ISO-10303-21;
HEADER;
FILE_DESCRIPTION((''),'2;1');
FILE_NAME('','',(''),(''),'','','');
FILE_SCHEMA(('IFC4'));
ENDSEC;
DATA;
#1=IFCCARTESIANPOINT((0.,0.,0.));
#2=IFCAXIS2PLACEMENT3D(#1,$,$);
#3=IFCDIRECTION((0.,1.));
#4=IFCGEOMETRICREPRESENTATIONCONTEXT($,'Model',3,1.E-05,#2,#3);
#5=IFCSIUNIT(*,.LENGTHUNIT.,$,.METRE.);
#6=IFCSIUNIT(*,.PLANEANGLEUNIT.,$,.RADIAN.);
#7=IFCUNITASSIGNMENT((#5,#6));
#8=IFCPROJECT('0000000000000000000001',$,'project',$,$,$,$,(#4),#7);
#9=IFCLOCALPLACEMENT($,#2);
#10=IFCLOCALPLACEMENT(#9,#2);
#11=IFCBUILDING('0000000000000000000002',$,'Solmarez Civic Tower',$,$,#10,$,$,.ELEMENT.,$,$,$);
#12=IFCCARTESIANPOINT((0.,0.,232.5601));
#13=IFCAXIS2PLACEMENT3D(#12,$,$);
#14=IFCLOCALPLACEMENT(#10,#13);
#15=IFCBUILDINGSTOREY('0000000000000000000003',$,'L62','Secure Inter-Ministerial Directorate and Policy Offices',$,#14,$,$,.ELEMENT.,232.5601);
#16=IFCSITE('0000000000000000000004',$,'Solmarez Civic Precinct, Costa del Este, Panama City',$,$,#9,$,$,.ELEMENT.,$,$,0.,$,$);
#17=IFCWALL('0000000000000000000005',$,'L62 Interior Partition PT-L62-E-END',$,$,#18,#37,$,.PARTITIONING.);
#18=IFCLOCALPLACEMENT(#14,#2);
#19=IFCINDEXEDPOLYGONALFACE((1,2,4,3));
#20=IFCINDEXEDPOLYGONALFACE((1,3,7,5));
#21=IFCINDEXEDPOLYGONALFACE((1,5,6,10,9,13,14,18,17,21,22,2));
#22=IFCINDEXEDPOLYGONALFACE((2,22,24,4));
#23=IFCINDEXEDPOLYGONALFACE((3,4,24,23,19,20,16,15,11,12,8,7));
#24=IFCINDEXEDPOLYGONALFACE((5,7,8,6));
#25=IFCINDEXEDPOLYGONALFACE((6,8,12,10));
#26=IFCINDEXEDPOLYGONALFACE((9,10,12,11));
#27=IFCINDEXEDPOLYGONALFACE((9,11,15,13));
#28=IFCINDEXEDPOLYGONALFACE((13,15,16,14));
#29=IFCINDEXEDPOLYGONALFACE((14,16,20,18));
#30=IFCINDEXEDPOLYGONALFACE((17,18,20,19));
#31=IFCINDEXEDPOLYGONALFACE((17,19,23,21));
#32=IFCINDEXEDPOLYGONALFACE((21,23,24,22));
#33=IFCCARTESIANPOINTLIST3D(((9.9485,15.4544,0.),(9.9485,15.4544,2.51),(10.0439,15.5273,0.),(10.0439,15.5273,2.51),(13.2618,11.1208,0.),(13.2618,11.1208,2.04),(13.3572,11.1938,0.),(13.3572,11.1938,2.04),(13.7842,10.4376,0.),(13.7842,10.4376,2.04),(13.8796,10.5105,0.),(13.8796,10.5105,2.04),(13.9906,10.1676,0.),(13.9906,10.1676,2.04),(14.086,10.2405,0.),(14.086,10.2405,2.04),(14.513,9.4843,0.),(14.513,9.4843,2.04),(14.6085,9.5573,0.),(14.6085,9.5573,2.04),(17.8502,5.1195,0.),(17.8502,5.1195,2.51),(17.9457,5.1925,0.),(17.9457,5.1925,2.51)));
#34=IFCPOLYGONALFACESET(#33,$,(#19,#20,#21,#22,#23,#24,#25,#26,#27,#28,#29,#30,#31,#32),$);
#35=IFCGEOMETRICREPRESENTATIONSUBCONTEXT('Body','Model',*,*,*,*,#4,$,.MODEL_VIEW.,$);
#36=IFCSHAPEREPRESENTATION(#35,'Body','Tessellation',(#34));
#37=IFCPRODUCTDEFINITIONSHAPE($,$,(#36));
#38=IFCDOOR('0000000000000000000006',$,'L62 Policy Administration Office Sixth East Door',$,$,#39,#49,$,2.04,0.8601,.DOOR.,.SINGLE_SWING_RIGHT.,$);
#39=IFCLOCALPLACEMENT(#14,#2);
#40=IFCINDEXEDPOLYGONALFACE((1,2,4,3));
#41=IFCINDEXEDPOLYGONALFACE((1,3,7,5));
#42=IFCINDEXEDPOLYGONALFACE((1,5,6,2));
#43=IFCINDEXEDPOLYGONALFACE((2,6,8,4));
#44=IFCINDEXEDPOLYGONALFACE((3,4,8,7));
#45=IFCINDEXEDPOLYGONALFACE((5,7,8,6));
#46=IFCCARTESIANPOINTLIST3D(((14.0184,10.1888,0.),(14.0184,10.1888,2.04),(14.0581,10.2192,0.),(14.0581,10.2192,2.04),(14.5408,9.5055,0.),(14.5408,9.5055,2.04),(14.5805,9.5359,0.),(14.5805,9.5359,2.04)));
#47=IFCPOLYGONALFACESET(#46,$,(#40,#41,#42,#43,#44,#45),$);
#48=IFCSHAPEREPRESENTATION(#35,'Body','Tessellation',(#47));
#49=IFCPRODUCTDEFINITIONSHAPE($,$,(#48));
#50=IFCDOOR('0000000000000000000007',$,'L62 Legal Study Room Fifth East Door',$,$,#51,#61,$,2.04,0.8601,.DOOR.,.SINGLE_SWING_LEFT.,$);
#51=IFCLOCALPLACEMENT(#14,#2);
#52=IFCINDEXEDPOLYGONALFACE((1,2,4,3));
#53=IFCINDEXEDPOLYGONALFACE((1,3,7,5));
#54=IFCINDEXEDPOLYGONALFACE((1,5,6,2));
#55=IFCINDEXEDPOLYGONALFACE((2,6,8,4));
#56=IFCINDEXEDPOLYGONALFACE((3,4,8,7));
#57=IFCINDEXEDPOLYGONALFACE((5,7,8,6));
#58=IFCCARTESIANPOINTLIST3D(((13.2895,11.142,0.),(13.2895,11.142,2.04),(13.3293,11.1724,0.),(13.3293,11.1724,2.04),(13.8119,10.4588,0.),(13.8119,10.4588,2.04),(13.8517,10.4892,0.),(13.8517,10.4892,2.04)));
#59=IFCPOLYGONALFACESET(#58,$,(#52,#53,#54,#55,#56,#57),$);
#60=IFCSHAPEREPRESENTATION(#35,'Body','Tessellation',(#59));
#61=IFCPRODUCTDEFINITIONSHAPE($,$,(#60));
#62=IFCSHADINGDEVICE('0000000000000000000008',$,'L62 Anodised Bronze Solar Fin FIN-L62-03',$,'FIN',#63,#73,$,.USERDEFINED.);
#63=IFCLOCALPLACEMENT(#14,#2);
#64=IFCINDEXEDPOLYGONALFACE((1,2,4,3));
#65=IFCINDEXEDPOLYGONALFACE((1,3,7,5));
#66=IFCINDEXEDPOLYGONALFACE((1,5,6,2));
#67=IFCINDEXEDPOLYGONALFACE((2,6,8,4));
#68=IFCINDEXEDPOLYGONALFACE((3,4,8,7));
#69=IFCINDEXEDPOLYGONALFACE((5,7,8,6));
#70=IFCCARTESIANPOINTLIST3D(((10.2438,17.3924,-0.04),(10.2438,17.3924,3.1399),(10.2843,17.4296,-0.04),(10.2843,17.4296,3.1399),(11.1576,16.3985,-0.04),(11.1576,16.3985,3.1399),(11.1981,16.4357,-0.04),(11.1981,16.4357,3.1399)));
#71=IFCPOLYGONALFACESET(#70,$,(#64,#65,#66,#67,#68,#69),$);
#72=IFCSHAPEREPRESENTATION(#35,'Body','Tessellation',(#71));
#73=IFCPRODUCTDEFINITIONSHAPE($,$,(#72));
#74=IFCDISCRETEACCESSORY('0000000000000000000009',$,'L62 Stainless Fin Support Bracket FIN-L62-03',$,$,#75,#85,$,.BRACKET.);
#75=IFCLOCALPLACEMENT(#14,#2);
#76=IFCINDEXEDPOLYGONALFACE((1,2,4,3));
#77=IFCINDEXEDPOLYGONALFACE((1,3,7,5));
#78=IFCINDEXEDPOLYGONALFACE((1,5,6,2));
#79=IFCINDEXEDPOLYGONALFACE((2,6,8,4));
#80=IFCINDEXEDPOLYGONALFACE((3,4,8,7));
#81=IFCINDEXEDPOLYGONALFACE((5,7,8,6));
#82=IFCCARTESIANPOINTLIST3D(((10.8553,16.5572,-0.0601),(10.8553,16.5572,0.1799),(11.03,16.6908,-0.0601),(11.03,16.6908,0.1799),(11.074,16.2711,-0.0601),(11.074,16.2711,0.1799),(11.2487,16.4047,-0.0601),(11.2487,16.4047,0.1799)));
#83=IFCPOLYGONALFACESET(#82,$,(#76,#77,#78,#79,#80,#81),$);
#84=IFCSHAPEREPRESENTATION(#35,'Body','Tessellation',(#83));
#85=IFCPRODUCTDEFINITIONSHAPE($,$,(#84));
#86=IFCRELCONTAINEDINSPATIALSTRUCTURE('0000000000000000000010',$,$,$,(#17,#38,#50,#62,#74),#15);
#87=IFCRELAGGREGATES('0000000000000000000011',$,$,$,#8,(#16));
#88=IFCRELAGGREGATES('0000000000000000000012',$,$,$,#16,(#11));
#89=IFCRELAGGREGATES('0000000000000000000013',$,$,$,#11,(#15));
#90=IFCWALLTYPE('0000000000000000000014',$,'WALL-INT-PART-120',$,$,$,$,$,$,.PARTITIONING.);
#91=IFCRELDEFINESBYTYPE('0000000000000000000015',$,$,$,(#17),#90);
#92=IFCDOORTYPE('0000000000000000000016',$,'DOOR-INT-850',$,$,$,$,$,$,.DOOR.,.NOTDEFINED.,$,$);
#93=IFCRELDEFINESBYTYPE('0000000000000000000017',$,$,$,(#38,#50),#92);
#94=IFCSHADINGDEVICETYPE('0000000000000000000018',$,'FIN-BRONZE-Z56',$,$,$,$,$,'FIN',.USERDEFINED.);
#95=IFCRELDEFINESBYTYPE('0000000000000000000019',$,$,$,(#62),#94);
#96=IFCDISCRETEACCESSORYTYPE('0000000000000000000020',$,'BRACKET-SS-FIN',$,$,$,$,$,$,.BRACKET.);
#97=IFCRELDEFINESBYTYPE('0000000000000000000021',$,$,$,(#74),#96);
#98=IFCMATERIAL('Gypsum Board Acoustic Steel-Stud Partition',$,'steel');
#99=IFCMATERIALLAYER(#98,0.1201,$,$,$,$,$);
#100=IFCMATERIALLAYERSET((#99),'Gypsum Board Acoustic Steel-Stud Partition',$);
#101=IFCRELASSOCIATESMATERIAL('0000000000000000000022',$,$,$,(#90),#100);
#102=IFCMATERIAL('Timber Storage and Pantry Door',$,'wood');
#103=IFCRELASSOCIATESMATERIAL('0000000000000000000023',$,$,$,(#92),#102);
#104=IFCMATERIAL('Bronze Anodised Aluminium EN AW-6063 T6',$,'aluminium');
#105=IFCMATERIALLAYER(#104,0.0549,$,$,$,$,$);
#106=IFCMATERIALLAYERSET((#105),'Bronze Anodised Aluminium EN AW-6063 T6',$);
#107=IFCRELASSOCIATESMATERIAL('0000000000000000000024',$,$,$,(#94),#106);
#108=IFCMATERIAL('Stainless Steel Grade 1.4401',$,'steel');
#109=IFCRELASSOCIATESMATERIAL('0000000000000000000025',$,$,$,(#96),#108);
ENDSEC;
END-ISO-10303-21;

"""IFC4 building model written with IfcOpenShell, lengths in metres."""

from ifc_helpers import new_model, si_unit, direction, frame, frame_2d, origin, origin_2d, place, context, subcontext, project, spatial, rectangle, extrude, material, layer, layer_set, type_object, element, fill, save


model = new_model("IFC4")

# Units and contexts
model_context = context("Model", 3, precision=1e-05, world=origin(), true_north=direction((0.0, 1.0)))
body_context = subcontext(model_context, "Body", "Model", "MODEL_VIEW")
ifc_project = project(units=[si_unit("LENGTHUNIT", "METRE"), si_unit("PLANEANGLEUNIT", "RADIAN")], contexts=[model_context])

# Site, building, storey
site_placement = place(None, origin())
site = spatial("IfcSite", under=ifc_project, at=site_placement, Name="Solmarez Civic Precinct, Costa del Este, Panama City", CompositionType="ELEMENT", RefElevation=0.0)
building_placement = place(site_placement, origin())
building = spatial("IfcBuilding", under=site, at=building_placement, Name="Solmarez Civic Tower", CompositionType="ELEMENT")
storey_placement = place(building_placement, frame((0.0, 0.0, 232.5601)))
storey = spatial("IfcBuildingStorey", under=building, at=storey_placement, Name="L62", Description="Secure Inter-Ministerial Directorate and Policy Offices", CompositionType="ELEMENT", Elevation=232.5601)

# Shared definitions
ifc_material_1 = material(Name="Bronze Anodised Aluminium EN AW-6063 T6", Category="aluminium")

# Wall, openings, doors
ifc_material_2 = material(Name="Gypsum Board Acoustic Steel-Stud Partition", Category="steel")
ifc_layer_1 = layer(ifc_material_2, 0.1201)
ifc_layer_set_1 = layer_set([ifc_layer_1], Name="Gypsum Board Acoustic Steel-Stud Partition")
wall_type_1 = type_object("IfcWallType", Name="WALL-INT-PART-120", PredefinedType="PARTITIONING", material=ifc_layer_set_1)
wall_1_placement = place(storey_placement, frame((9.9961, 15.491, 0.0), z_axis=(0.0, 0.0, 1.0), x_axis=(0.607385, -0.794408, 0.0)))
wall_1 = element("IfcWall", 1, at=wall_1_placement, inside=storey, type_object=wall_type_1, Name="L62 Interior Partition PT-L62-E-END", PredefinedType="PARTITIONING", context=body_context, shape_type="SweptSolid", body=[
    extrude(rectangle(XDim=13.0095, YDim=0.1201, at=frame_2d((6.5049, 0.0))), origin(), (0.0, 0.0, 1.0), 2.51),
])
opening_1_placement = place(wall_1_placement, frame((6.655, 0.0, 0.0)))
opening_1 = element("IfcOpeningElement", 2, at=opening_1_placement, cuts=wall_1, PredefinedType="OPENING", context=body_context, shape_type="SweptSolid", body=[
    extrude(rectangle(XDim=0.8601, YDim=2.04, at=frame_2d((0.4302, 1.02))), frame((0.0, 0.0701, 0.0), z_axis=(0.0, -1.0, 0.0), x_axis=(1.0, 0.0, 0.0)), (0.0, 0.0, 1.0), 0.1401),
])
opening_2_placement = place(wall_1_placement, frame((5.4551, 0.0, 0.0)))
opening_2 = element("IfcOpeningElement", 3, at=opening_2_placement, cuts=wall_1, PredefinedType="OPENING", context=body_context, shape_type="SweptSolid", body=[
    extrude(rectangle(XDim=0.8601, YDim=2.04, at=frame_2d((0.4302, 1.02))), frame((0.0, 0.0701, 0.0), z_axis=(0.0, -1.0, 0.0), x_axis=(1.0, 0.0, 0.0)), (0.0, 0.0, 1.0), 0.1401),
])
ifc_material_3 = material(Name="Timber Storage and Pantry Door", Category="wood")
door_type = type_object("IfcDoorType", Name="DOOR-INT-850", OperationType="NOTDEFINED", PredefinedType="DOOR", material=ifc_material_3)
door_1_placement = place(opening_1_placement, origin())
door_1 = element("IfcDoor", 4, at=door_1_placement, inside=storey, type_object=door_type, Name="L62 Policy Administration Office Sixth East Door", OperationType="SINGLE_SWING_RIGHT", OverallHeight=2.04, OverallWidth=0.8601, PredefinedType="DOOR", context=body_context, shape_type="SweptSolid", body=[
    extrude(rectangle(XDim=0.8601, YDim=2.04, at=frame_2d((0.4302, 1.02))), frame((0.0, 0.0249, 0.0), z_axis=(0.0, -1.0, 0.0), x_axis=(1.0, 0.0, 0.0)), (0.0, 0.0, 1.0), 0.05),
])
fill(opening_1, door_1)
door_2_placement = place(opening_2_placement, origin())
door_2 = element("IfcDoor", 5, at=door_2_placement, inside=storey, type_object=door_type, Name="L62 Legal Study Room Fifth East Door", OperationType="SINGLE_SWING_LEFT", OverallHeight=2.04, OverallWidth=0.8601, PredefinedType="DOOR", context=body_context, shape_type="SweptSolid", body=[
    extrude(rectangle(XDim=0.8601, YDim=2.04, at=frame_2d((0.4302, 1.02))), frame((0.0, 0.0249, 0.0), z_axis=(0.0, -1.0, 0.0), x_axis=(1.0, 0.0, 0.0)), (0.0, 0.0, 1.0), 0.05),
])
fill(opening_2, door_2)

# Shading device
ifc_layer_2 = layer(ifc_material_1, 0.0549)
ifc_layer_set_2 = layer_set([ifc_layer_2], Name="Bronze Anodised Aluminium EN AW-6063 T6")
shading_device_type = type_object("IfcShadingDeviceType", Name="FIN-BRONZE-Z56", ElementType="FIN", PredefinedType="USERDEFINED", material=ifc_layer_set_2)
shading_device_placement = place(storey_placement, frame((10.7209, 16.9141, -0.04), z_axis=(0.0, 0.0, 1.0), x_axis=(-0.676825, 0.736144, 0.0)))
element("IfcShadingDevice", 6, at=shading_device_placement, inside=storey, type_object=shading_device_type, Name="L62 Anodised Bronze Solar Fin FIN-L62-03", ObjectType="FIN", PredefinedType="USERDEFINED", context=body_context, shape_type="SweptSolid", body=[
    extrude(rectangle(XDim=1.3501, YDim=0.0549, at=origin_2d()), origin(), (0.0, 0.0, 1.0), 3.1799),
])

# Discrete accessory
ifc_material_4 = material(Name="Stainless Steel Grade 1.4401", Category="steel")
discrete_accessory_type = type_object("IfcDiscreteAccessoryType", Name="BRACKET-SS-FIN", PredefinedType="BRACKET", material=ifc_material_4)
discrete_accessory_placement = place(storey_placement, frame((11.052, 16.481, -0.0601), z_axis=(0.0, 0.0, 1.0), x_axis=(-0.607446, 0.794361, 0.0)))
element("IfcDiscreteAccessory", 7, at=discrete_accessory_placement, inside=storey, type_object=discrete_accessory_type, Name="L62 Stainless Fin Support Bracket FIN-L62-03", PredefinedType="BRACKET", context=body_context, shape_type="SweptSolid", body=[
    extrude(rectangle(XDim=0.3601, YDim=0.22, at=origin_2d()), origin(), (0.0, 0.0, 1.0), 0.24),
])

save(model, "model.ifc")
